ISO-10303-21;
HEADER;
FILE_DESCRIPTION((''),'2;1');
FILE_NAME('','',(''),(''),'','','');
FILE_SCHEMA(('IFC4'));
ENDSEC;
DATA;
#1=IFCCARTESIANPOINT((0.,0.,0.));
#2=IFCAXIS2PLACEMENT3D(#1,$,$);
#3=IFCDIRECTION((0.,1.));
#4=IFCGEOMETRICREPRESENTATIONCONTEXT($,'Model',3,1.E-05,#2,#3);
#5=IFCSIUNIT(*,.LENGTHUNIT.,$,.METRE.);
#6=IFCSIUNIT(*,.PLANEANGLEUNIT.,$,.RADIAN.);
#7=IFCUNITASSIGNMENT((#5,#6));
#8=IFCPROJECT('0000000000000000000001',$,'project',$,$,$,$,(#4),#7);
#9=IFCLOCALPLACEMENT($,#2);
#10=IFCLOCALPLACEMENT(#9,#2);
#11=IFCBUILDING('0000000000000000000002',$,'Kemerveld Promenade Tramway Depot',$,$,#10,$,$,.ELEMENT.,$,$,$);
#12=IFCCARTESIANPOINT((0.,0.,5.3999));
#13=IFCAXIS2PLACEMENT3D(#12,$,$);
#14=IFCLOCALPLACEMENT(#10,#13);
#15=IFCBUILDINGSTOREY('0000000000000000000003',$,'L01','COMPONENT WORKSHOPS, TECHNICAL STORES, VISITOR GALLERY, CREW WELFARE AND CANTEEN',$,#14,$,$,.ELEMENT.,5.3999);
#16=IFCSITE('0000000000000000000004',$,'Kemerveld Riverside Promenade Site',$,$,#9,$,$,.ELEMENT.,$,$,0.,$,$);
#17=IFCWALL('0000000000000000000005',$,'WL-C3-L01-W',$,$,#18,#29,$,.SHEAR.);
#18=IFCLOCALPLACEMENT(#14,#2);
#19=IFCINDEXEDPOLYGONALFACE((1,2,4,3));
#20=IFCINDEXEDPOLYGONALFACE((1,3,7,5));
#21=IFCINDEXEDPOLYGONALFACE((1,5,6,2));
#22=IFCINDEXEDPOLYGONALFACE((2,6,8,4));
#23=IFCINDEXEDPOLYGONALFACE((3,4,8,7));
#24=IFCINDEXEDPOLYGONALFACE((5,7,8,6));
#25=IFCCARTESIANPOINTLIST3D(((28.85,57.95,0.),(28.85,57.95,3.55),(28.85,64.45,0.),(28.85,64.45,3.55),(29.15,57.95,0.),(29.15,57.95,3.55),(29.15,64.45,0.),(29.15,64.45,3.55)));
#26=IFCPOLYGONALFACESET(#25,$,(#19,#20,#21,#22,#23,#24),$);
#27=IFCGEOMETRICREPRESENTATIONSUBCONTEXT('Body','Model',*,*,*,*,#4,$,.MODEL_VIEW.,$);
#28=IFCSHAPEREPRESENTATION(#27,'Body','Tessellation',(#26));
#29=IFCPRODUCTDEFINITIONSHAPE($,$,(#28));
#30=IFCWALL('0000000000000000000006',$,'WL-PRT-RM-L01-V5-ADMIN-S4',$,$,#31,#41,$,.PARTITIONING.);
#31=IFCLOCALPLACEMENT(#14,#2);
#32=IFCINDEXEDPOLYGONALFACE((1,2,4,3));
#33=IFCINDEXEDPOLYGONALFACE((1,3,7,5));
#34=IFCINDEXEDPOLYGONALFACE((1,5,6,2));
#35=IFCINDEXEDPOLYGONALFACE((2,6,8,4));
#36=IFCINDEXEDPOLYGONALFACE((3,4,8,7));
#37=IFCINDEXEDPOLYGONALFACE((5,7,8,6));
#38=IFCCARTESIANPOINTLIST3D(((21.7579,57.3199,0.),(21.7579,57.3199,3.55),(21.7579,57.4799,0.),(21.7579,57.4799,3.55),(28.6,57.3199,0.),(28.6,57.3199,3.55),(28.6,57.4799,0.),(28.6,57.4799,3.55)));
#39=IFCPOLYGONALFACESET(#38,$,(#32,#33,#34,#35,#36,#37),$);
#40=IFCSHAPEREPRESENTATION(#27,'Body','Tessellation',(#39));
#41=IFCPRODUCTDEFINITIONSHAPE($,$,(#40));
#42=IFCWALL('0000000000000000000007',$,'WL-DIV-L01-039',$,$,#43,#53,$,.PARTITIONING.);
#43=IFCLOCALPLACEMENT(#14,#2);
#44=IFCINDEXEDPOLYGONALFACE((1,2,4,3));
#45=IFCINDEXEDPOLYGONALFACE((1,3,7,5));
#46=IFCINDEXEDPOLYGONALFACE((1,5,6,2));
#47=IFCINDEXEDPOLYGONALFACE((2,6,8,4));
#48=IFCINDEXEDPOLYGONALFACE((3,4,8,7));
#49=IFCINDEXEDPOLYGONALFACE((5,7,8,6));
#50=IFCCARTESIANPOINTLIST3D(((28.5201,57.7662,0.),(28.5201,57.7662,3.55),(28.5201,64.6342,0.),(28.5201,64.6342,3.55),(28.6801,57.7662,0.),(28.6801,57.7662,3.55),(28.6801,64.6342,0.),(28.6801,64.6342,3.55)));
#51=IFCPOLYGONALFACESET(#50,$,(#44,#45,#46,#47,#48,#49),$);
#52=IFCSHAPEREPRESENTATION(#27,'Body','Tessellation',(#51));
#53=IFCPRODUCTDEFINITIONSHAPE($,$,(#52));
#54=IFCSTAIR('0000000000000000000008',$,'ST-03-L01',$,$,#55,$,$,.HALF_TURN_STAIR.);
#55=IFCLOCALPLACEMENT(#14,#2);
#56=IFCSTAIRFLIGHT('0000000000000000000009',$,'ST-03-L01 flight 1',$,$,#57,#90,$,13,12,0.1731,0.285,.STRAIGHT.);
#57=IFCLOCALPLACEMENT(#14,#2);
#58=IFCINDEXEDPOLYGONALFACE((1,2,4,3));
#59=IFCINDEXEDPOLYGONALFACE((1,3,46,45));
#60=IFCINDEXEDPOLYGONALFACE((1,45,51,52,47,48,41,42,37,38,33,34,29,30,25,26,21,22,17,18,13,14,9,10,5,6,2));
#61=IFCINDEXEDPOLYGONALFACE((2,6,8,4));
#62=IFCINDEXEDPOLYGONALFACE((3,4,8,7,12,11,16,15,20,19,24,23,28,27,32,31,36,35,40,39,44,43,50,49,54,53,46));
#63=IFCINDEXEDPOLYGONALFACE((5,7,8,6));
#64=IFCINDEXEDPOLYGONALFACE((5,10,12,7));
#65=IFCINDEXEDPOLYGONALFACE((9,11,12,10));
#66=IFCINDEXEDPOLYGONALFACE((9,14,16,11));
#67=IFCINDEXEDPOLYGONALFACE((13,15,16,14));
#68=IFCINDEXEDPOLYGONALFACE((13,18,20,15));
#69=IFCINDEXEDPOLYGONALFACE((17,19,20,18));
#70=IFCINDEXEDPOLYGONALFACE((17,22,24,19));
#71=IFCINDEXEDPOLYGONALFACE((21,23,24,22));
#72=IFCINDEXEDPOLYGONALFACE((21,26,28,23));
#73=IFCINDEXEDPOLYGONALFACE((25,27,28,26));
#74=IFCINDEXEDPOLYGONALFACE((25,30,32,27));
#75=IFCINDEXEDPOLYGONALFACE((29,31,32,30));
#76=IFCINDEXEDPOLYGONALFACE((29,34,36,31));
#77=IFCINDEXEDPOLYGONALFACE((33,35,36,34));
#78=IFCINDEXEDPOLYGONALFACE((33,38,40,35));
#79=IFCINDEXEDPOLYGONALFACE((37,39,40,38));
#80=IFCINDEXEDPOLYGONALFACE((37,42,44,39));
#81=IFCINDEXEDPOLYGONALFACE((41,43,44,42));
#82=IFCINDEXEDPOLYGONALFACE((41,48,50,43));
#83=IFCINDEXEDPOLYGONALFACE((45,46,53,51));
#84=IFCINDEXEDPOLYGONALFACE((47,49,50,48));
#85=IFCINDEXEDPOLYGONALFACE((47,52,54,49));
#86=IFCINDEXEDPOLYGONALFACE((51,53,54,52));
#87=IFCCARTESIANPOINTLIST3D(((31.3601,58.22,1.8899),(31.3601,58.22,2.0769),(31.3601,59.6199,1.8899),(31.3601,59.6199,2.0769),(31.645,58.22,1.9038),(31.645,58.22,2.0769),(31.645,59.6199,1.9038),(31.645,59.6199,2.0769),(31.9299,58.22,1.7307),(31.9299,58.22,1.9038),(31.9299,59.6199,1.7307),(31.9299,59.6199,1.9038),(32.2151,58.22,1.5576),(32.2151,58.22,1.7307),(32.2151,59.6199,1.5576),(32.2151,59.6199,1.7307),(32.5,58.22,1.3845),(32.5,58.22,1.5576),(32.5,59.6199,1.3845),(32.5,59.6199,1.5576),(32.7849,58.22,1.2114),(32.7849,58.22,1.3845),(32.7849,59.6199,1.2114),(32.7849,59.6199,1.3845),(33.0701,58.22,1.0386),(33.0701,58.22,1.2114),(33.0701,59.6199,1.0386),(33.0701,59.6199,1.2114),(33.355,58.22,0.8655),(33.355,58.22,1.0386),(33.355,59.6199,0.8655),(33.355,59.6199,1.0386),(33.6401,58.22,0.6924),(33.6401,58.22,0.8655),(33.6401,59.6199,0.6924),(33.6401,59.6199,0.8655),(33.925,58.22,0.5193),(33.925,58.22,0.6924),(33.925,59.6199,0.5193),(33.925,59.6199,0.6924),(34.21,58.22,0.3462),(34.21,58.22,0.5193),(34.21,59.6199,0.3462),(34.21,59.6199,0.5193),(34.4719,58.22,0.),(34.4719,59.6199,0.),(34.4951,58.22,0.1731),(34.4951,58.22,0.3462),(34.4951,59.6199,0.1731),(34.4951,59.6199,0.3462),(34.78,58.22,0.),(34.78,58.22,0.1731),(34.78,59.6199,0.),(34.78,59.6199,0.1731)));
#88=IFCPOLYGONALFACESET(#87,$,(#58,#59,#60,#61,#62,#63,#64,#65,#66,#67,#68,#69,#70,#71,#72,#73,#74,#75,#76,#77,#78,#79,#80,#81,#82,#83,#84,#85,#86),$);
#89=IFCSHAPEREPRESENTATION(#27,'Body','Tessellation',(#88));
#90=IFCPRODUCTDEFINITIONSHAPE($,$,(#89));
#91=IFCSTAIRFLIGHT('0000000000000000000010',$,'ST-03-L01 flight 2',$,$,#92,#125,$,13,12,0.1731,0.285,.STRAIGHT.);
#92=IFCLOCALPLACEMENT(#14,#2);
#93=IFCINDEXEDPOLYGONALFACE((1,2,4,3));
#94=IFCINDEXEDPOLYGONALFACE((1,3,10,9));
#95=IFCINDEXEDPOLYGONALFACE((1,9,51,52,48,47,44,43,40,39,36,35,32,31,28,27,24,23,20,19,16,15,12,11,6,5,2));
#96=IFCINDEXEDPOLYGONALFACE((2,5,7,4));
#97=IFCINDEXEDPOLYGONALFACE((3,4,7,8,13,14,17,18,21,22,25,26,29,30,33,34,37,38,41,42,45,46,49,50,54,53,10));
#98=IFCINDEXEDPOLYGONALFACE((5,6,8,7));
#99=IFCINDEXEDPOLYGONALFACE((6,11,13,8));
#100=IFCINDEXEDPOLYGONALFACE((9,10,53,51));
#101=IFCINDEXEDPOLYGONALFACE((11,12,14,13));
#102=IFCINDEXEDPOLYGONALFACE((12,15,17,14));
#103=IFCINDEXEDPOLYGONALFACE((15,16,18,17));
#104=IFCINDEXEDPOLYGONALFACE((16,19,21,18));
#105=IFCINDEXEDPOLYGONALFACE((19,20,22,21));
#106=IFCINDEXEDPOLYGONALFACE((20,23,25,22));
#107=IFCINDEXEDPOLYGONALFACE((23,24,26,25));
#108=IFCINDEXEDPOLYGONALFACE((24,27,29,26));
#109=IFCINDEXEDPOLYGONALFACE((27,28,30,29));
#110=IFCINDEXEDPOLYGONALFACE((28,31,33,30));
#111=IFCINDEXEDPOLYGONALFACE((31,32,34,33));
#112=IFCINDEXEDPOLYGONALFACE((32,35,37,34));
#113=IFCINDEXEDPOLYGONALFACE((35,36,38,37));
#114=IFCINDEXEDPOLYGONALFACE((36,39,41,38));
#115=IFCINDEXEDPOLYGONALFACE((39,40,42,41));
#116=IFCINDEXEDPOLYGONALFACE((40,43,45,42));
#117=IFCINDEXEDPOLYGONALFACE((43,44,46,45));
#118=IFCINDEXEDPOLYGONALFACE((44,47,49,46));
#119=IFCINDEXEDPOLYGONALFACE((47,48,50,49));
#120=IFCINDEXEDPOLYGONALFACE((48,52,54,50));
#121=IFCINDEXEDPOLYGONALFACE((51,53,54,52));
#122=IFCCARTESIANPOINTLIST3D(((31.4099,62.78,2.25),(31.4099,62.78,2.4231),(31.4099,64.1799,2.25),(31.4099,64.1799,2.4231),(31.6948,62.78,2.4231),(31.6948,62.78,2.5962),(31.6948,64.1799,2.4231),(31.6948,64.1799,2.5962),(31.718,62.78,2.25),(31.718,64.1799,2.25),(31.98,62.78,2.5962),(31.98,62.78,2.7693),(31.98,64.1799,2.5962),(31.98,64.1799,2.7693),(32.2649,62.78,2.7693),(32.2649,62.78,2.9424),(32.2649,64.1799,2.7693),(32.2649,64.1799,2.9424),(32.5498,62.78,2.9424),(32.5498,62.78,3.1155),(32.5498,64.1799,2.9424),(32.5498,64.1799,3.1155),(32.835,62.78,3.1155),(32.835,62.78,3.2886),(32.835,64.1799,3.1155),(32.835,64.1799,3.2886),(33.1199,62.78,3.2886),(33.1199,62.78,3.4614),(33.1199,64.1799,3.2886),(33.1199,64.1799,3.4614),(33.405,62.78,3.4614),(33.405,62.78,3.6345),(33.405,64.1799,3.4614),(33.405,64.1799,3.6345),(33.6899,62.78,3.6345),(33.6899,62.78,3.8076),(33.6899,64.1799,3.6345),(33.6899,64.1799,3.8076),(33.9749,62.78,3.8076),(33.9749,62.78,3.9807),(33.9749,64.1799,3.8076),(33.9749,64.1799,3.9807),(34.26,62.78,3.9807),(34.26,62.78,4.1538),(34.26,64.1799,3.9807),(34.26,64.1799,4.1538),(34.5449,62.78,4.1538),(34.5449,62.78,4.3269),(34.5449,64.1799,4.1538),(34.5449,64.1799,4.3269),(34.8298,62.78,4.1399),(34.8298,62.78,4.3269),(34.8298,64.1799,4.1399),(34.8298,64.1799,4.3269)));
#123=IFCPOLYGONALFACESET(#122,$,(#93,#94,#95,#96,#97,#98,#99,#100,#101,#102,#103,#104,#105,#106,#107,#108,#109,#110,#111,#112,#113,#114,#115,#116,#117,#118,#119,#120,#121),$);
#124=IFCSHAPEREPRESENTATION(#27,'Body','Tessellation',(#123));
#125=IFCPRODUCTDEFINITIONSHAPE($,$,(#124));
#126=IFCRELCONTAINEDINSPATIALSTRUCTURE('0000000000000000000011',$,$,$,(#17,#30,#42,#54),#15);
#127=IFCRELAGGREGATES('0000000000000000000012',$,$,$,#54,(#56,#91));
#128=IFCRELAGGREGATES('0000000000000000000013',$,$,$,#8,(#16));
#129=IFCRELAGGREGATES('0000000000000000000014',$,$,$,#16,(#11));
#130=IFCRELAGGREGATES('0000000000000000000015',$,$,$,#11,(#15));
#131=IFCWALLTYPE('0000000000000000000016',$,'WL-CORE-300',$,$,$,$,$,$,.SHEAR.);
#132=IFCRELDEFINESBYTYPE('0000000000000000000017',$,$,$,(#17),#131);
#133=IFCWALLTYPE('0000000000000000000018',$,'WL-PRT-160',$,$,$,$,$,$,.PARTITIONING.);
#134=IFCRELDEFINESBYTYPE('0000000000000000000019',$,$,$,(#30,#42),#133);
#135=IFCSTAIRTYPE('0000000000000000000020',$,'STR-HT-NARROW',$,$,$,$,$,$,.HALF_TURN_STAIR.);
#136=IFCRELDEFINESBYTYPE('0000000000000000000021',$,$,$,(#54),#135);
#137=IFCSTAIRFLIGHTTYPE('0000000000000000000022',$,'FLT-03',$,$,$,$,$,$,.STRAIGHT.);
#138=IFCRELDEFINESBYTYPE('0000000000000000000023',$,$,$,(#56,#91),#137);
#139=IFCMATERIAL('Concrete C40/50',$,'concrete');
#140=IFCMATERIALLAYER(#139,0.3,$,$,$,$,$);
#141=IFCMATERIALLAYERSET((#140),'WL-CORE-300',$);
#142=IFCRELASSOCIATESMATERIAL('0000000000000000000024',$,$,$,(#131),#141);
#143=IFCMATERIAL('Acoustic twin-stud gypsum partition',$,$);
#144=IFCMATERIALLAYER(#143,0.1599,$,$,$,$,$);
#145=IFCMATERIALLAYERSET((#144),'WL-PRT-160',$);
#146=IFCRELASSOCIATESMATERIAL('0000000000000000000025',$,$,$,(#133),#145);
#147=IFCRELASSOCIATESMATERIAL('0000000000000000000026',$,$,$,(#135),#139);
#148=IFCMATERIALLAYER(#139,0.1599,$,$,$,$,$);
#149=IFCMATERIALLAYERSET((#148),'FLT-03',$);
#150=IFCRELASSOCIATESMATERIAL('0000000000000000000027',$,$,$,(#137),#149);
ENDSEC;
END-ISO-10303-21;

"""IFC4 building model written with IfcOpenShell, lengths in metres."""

from ifc_helpers import new_model, si_unit, direction, frame, frame_2d, origin, place, context, subcontext, project, spatial, polyline, rectangle, outline, extrude, material, layer, layer_set, type_object, element, aggregate, save


model = new_model("IFC4")

# Units and contexts
model_context = context("Model", 3, precision=1e-05, world=origin(), true_north=direction((0.0, 1.0)))
body_context = subcontext(model_context, "Body", "Model", "MODEL_VIEW")
ifc_project = project(units=[si_unit("LENGTHUNIT", "METRE"), si_unit("PLANEANGLEUNIT", "RADIAN")], contexts=[model_context])

# Site, building, storey
site_placement = place(None, origin())
site = spatial("IfcSite", under=ifc_project, at=site_placement, Name="Kemerveld Riverside Promenade Site", CompositionType="ELEMENT", RefElevation=0.0)
building_placement = place(site_placement, origin())
building = spatial("IfcBuilding", under=site, at=building_placement, Name="Kemerveld Promenade Tramway Depot", CompositionType="ELEMENT")
storey_placement = place(building_placement, frame((0.0, 0.0, 5.3999)))
storey = spatial("IfcBuildingStorey", under=building, at=storey_placement, Name="L01", Description="COMPONENT WORKSHOPS, TECHNICAL STORES, VISITOR GALLERY, CREW WELFARE AND CANTEEN", CompositionType="ELEMENT", Elevation=5.3999)

# Shared definitions
ifc_material_1 = material(Name="Concrete C40/50", Category="concrete")

# Shared definitions
ifc_layer_1 = layer(ifc_material_1, 0.3)
ifc_layer_set_1 = layer_set([ifc_layer_1], Name="WL-CORE-300")
wall_type_1 = type_object("IfcWallType", Name="WL-CORE-300", PredefinedType="SHEAR", material=ifc_layer_set_1)

# Walls
wall_1_placement = place(storey_placement, frame((29.0, 57.95, 0.0), z_axis=(0.0, 0.0, 1.0), x_axis=(0.0, 1.0, 0.0)))
element("IfcWall", 1, at=wall_1_placement, inside=storey, type_object=wall_type_1, Name="WL-C3-L01-W", PredefinedType="SHEAR", context=body_context, shape_type="SweptSolid", body=[
    extrude(rectangle(XDim=6.5, YDim=0.3, at=frame_2d((3.25, 0.0))), origin(), (0.0, 0.0, 1.0), 3.55),
])
ifc_material_2 = material(Name="Acoustic twin-stud gypsum partition")
ifc_layer_2 = layer(ifc_material_2, 0.1599)
ifc_layer_set_2 = layer_set([ifc_layer_2], Name="WL-PRT-160")
wall_type_2 = type_object("IfcWallType", Name="WL-PRT-160", PredefinedType="PARTITIONING", material=ifc_layer_set_2)
wall_2_placement = place(storey_placement, frame((21.7581, 57.3999, 0.0), z_axis=(0.0, 0.0, 1.0), x_axis=(1.0, 0.0, 0.0)))
element("IfcWall", 2, at=wall_2_placement, inside=storey, type_object=wall_type_2, Name="WL-PRT-RM-L01-V5-ADMIN-S4", PredefinedType="PARTITIONING", context=body_context, shape_type="SweptSolid", body=[
    extrude(rectangle(XDim=6.842, YDim=0.1599, at=frame_2d((3.4209, 0.0))), origin(), (0.0, 0.0, 1.0), 3.55),
])
wall_3_placement = place(storey_placement, frame((28.6001, 57.7661, 0.0), z_axis=(0.0, 0.0, 1.0), x_axis=(0.0, 1.0, 0.0)))
element("IfcWall", 3, at=wall_3_placement, inside=storey, type_object=wall_type_2, Name="WL-DIV-L01-039", PredefinedType="PARTITIONING", context=body_context, shape_type="SweptSolid", body=[
    extrude(rectangle(XDim=6.8679, YDim=0.1599, at=frame_2d((3.4341, 0.0))), origin(), (0.0, 0.0, 1.0), 3.55),
])

# Stair, stair flights
stair_type = type_object("IfcStairType", Name="STR-HT-NARROW", PredefinedType="HALF_TURN_STAIR", material=ifc_material_1)
stair_placement = place(storey_placement, origin())
stair = element("IfcStair", 4, at=stair_placement, inside=storey, type_object=stair_type, Name="ST-03-L01", PredefinedType="HALF_TURN_STAIR")
ifc_layer_3 = layer(ifc_material_1, 0.1599)
ifc_layer_set_3 = layer_set([ifc_layer_3], Name="FLT-03")
stair_flight_type = type_object("IfcStairFlightType", Name="FLT-03", PredefinedType="STRAIGHT", material=ifc_layer_set_3)
stair_flight_1_placement = place(storey_placement, frame((34.78, 58.9199, 0.0), z_axis=(0.0, 0.0, 1.0), x_axis=(-1.0, 0.0, 0.0)))
stair_flight_1 = element("IfcStairFlight", 5, at=stair_flight_1_placement, type_object=stair_flight_type, Name="ST-03-L01 flight 1", NumberOfRisers=13, NumberOfTreads=12, PredefinedType="STRAIGHT", RiserHeight=0.1731, TreadLength=0.285, context=body_context, shape_type="SweptSolid", body=[
    extrude(outline(polyline([(0.0, 0.0), (0.0, 0.1731), (0.2849, 0.1731), (0.2849, 0.3462), (0.5701, 0.3462), (0.5701, 0.5193), (0.855, 0.5193), (0.855, 0.6924), (1.1399, 0.6924), (1.1399, 0.8655), (1.425, 0.8655), (1.425, 1.0386), (1.71, 1.0386), (1.71, 1.2114), (1.9951, 1.2114), (1.9951, 1.3845), (2.28, 1.3845), (2.28, 1.5576), (2.5649, 1.5576), (2.5649, 1.7307), (2.8501, 1.7307), (2.8501, 1.9038), (3.135, 1.9038), (3.135, 2.0769), (3.4199, 2.0769), (3.4199, 2.25), (3.4199, 1.8899), (0.3081, 0.0), (0.0, 0.0)])), frame((0.0, 0.7, 0.0), z_axis=(0.0, -1.0, 0.0), x_axis=(1.0, 0.0, 0.0)), (0.0, 0.0, 1.0), 1.3999),
])
stair_flight_2_placement = place(storey_placement, frame((31.4099, 63.48, 2.25), z_axis=(0.0, 0.0, 1.0), x_axis=(1.0, 0.0, 0.0)))
stair_flight_2 = element("IfcStairFlight", 6, at=stair_flight_2_placement, type_object=stair_flight_type, Name="ST-03-L01 flight 2", NumberOfRisers=13, NumberOfTreads=12, PredefinedType="STRAIGHT", RiserHeight=0.1731, TreadLength=0.285, context=body_context, shape_type="SweptSolid", body=[
    extrude(outline(polyline([(0.0, 0.0), (0.0, 0.1731), (0.2849, 0.1731), (0.2849, 0.3462), (0.5701, 0.3462), (0.5701, 0.5193), (0.855, 0.5193), (0.855, 0.6924), (1.1399, 0.6924), (1.1399, 0.8655), (1.425, 0.8655), (1.425, 1.0386), (1.71, 1.0386), (1.71, 1.2114), (1.9951, 1.2114), (1.9951, 1.3845), (2.28, 1.3845), (2.28, 1.5576), (2.5649, 1.5576), (2.5649, 1.7307), (2.8501, 1.7307), (2.8501, 1.9038), (3.135, 1.9038), (3.135, 2.0769), (3.4199, 2.0769), (3.4199, 2.25), (3.4199, 1.8899), (0.3081, 0.0), (0.0, 0.0)])), frame((0.0, 0.7, 0.0), z_axis=(0.0, -1.0, 0.0), x_axis=(1.0, 0.0, 0.0)), (0.0, 0.0, 1.0), 1.3999),
])
aggregate(stair, [stair_flight_1, stair_flight_2])

save(model, "model.ifc")
